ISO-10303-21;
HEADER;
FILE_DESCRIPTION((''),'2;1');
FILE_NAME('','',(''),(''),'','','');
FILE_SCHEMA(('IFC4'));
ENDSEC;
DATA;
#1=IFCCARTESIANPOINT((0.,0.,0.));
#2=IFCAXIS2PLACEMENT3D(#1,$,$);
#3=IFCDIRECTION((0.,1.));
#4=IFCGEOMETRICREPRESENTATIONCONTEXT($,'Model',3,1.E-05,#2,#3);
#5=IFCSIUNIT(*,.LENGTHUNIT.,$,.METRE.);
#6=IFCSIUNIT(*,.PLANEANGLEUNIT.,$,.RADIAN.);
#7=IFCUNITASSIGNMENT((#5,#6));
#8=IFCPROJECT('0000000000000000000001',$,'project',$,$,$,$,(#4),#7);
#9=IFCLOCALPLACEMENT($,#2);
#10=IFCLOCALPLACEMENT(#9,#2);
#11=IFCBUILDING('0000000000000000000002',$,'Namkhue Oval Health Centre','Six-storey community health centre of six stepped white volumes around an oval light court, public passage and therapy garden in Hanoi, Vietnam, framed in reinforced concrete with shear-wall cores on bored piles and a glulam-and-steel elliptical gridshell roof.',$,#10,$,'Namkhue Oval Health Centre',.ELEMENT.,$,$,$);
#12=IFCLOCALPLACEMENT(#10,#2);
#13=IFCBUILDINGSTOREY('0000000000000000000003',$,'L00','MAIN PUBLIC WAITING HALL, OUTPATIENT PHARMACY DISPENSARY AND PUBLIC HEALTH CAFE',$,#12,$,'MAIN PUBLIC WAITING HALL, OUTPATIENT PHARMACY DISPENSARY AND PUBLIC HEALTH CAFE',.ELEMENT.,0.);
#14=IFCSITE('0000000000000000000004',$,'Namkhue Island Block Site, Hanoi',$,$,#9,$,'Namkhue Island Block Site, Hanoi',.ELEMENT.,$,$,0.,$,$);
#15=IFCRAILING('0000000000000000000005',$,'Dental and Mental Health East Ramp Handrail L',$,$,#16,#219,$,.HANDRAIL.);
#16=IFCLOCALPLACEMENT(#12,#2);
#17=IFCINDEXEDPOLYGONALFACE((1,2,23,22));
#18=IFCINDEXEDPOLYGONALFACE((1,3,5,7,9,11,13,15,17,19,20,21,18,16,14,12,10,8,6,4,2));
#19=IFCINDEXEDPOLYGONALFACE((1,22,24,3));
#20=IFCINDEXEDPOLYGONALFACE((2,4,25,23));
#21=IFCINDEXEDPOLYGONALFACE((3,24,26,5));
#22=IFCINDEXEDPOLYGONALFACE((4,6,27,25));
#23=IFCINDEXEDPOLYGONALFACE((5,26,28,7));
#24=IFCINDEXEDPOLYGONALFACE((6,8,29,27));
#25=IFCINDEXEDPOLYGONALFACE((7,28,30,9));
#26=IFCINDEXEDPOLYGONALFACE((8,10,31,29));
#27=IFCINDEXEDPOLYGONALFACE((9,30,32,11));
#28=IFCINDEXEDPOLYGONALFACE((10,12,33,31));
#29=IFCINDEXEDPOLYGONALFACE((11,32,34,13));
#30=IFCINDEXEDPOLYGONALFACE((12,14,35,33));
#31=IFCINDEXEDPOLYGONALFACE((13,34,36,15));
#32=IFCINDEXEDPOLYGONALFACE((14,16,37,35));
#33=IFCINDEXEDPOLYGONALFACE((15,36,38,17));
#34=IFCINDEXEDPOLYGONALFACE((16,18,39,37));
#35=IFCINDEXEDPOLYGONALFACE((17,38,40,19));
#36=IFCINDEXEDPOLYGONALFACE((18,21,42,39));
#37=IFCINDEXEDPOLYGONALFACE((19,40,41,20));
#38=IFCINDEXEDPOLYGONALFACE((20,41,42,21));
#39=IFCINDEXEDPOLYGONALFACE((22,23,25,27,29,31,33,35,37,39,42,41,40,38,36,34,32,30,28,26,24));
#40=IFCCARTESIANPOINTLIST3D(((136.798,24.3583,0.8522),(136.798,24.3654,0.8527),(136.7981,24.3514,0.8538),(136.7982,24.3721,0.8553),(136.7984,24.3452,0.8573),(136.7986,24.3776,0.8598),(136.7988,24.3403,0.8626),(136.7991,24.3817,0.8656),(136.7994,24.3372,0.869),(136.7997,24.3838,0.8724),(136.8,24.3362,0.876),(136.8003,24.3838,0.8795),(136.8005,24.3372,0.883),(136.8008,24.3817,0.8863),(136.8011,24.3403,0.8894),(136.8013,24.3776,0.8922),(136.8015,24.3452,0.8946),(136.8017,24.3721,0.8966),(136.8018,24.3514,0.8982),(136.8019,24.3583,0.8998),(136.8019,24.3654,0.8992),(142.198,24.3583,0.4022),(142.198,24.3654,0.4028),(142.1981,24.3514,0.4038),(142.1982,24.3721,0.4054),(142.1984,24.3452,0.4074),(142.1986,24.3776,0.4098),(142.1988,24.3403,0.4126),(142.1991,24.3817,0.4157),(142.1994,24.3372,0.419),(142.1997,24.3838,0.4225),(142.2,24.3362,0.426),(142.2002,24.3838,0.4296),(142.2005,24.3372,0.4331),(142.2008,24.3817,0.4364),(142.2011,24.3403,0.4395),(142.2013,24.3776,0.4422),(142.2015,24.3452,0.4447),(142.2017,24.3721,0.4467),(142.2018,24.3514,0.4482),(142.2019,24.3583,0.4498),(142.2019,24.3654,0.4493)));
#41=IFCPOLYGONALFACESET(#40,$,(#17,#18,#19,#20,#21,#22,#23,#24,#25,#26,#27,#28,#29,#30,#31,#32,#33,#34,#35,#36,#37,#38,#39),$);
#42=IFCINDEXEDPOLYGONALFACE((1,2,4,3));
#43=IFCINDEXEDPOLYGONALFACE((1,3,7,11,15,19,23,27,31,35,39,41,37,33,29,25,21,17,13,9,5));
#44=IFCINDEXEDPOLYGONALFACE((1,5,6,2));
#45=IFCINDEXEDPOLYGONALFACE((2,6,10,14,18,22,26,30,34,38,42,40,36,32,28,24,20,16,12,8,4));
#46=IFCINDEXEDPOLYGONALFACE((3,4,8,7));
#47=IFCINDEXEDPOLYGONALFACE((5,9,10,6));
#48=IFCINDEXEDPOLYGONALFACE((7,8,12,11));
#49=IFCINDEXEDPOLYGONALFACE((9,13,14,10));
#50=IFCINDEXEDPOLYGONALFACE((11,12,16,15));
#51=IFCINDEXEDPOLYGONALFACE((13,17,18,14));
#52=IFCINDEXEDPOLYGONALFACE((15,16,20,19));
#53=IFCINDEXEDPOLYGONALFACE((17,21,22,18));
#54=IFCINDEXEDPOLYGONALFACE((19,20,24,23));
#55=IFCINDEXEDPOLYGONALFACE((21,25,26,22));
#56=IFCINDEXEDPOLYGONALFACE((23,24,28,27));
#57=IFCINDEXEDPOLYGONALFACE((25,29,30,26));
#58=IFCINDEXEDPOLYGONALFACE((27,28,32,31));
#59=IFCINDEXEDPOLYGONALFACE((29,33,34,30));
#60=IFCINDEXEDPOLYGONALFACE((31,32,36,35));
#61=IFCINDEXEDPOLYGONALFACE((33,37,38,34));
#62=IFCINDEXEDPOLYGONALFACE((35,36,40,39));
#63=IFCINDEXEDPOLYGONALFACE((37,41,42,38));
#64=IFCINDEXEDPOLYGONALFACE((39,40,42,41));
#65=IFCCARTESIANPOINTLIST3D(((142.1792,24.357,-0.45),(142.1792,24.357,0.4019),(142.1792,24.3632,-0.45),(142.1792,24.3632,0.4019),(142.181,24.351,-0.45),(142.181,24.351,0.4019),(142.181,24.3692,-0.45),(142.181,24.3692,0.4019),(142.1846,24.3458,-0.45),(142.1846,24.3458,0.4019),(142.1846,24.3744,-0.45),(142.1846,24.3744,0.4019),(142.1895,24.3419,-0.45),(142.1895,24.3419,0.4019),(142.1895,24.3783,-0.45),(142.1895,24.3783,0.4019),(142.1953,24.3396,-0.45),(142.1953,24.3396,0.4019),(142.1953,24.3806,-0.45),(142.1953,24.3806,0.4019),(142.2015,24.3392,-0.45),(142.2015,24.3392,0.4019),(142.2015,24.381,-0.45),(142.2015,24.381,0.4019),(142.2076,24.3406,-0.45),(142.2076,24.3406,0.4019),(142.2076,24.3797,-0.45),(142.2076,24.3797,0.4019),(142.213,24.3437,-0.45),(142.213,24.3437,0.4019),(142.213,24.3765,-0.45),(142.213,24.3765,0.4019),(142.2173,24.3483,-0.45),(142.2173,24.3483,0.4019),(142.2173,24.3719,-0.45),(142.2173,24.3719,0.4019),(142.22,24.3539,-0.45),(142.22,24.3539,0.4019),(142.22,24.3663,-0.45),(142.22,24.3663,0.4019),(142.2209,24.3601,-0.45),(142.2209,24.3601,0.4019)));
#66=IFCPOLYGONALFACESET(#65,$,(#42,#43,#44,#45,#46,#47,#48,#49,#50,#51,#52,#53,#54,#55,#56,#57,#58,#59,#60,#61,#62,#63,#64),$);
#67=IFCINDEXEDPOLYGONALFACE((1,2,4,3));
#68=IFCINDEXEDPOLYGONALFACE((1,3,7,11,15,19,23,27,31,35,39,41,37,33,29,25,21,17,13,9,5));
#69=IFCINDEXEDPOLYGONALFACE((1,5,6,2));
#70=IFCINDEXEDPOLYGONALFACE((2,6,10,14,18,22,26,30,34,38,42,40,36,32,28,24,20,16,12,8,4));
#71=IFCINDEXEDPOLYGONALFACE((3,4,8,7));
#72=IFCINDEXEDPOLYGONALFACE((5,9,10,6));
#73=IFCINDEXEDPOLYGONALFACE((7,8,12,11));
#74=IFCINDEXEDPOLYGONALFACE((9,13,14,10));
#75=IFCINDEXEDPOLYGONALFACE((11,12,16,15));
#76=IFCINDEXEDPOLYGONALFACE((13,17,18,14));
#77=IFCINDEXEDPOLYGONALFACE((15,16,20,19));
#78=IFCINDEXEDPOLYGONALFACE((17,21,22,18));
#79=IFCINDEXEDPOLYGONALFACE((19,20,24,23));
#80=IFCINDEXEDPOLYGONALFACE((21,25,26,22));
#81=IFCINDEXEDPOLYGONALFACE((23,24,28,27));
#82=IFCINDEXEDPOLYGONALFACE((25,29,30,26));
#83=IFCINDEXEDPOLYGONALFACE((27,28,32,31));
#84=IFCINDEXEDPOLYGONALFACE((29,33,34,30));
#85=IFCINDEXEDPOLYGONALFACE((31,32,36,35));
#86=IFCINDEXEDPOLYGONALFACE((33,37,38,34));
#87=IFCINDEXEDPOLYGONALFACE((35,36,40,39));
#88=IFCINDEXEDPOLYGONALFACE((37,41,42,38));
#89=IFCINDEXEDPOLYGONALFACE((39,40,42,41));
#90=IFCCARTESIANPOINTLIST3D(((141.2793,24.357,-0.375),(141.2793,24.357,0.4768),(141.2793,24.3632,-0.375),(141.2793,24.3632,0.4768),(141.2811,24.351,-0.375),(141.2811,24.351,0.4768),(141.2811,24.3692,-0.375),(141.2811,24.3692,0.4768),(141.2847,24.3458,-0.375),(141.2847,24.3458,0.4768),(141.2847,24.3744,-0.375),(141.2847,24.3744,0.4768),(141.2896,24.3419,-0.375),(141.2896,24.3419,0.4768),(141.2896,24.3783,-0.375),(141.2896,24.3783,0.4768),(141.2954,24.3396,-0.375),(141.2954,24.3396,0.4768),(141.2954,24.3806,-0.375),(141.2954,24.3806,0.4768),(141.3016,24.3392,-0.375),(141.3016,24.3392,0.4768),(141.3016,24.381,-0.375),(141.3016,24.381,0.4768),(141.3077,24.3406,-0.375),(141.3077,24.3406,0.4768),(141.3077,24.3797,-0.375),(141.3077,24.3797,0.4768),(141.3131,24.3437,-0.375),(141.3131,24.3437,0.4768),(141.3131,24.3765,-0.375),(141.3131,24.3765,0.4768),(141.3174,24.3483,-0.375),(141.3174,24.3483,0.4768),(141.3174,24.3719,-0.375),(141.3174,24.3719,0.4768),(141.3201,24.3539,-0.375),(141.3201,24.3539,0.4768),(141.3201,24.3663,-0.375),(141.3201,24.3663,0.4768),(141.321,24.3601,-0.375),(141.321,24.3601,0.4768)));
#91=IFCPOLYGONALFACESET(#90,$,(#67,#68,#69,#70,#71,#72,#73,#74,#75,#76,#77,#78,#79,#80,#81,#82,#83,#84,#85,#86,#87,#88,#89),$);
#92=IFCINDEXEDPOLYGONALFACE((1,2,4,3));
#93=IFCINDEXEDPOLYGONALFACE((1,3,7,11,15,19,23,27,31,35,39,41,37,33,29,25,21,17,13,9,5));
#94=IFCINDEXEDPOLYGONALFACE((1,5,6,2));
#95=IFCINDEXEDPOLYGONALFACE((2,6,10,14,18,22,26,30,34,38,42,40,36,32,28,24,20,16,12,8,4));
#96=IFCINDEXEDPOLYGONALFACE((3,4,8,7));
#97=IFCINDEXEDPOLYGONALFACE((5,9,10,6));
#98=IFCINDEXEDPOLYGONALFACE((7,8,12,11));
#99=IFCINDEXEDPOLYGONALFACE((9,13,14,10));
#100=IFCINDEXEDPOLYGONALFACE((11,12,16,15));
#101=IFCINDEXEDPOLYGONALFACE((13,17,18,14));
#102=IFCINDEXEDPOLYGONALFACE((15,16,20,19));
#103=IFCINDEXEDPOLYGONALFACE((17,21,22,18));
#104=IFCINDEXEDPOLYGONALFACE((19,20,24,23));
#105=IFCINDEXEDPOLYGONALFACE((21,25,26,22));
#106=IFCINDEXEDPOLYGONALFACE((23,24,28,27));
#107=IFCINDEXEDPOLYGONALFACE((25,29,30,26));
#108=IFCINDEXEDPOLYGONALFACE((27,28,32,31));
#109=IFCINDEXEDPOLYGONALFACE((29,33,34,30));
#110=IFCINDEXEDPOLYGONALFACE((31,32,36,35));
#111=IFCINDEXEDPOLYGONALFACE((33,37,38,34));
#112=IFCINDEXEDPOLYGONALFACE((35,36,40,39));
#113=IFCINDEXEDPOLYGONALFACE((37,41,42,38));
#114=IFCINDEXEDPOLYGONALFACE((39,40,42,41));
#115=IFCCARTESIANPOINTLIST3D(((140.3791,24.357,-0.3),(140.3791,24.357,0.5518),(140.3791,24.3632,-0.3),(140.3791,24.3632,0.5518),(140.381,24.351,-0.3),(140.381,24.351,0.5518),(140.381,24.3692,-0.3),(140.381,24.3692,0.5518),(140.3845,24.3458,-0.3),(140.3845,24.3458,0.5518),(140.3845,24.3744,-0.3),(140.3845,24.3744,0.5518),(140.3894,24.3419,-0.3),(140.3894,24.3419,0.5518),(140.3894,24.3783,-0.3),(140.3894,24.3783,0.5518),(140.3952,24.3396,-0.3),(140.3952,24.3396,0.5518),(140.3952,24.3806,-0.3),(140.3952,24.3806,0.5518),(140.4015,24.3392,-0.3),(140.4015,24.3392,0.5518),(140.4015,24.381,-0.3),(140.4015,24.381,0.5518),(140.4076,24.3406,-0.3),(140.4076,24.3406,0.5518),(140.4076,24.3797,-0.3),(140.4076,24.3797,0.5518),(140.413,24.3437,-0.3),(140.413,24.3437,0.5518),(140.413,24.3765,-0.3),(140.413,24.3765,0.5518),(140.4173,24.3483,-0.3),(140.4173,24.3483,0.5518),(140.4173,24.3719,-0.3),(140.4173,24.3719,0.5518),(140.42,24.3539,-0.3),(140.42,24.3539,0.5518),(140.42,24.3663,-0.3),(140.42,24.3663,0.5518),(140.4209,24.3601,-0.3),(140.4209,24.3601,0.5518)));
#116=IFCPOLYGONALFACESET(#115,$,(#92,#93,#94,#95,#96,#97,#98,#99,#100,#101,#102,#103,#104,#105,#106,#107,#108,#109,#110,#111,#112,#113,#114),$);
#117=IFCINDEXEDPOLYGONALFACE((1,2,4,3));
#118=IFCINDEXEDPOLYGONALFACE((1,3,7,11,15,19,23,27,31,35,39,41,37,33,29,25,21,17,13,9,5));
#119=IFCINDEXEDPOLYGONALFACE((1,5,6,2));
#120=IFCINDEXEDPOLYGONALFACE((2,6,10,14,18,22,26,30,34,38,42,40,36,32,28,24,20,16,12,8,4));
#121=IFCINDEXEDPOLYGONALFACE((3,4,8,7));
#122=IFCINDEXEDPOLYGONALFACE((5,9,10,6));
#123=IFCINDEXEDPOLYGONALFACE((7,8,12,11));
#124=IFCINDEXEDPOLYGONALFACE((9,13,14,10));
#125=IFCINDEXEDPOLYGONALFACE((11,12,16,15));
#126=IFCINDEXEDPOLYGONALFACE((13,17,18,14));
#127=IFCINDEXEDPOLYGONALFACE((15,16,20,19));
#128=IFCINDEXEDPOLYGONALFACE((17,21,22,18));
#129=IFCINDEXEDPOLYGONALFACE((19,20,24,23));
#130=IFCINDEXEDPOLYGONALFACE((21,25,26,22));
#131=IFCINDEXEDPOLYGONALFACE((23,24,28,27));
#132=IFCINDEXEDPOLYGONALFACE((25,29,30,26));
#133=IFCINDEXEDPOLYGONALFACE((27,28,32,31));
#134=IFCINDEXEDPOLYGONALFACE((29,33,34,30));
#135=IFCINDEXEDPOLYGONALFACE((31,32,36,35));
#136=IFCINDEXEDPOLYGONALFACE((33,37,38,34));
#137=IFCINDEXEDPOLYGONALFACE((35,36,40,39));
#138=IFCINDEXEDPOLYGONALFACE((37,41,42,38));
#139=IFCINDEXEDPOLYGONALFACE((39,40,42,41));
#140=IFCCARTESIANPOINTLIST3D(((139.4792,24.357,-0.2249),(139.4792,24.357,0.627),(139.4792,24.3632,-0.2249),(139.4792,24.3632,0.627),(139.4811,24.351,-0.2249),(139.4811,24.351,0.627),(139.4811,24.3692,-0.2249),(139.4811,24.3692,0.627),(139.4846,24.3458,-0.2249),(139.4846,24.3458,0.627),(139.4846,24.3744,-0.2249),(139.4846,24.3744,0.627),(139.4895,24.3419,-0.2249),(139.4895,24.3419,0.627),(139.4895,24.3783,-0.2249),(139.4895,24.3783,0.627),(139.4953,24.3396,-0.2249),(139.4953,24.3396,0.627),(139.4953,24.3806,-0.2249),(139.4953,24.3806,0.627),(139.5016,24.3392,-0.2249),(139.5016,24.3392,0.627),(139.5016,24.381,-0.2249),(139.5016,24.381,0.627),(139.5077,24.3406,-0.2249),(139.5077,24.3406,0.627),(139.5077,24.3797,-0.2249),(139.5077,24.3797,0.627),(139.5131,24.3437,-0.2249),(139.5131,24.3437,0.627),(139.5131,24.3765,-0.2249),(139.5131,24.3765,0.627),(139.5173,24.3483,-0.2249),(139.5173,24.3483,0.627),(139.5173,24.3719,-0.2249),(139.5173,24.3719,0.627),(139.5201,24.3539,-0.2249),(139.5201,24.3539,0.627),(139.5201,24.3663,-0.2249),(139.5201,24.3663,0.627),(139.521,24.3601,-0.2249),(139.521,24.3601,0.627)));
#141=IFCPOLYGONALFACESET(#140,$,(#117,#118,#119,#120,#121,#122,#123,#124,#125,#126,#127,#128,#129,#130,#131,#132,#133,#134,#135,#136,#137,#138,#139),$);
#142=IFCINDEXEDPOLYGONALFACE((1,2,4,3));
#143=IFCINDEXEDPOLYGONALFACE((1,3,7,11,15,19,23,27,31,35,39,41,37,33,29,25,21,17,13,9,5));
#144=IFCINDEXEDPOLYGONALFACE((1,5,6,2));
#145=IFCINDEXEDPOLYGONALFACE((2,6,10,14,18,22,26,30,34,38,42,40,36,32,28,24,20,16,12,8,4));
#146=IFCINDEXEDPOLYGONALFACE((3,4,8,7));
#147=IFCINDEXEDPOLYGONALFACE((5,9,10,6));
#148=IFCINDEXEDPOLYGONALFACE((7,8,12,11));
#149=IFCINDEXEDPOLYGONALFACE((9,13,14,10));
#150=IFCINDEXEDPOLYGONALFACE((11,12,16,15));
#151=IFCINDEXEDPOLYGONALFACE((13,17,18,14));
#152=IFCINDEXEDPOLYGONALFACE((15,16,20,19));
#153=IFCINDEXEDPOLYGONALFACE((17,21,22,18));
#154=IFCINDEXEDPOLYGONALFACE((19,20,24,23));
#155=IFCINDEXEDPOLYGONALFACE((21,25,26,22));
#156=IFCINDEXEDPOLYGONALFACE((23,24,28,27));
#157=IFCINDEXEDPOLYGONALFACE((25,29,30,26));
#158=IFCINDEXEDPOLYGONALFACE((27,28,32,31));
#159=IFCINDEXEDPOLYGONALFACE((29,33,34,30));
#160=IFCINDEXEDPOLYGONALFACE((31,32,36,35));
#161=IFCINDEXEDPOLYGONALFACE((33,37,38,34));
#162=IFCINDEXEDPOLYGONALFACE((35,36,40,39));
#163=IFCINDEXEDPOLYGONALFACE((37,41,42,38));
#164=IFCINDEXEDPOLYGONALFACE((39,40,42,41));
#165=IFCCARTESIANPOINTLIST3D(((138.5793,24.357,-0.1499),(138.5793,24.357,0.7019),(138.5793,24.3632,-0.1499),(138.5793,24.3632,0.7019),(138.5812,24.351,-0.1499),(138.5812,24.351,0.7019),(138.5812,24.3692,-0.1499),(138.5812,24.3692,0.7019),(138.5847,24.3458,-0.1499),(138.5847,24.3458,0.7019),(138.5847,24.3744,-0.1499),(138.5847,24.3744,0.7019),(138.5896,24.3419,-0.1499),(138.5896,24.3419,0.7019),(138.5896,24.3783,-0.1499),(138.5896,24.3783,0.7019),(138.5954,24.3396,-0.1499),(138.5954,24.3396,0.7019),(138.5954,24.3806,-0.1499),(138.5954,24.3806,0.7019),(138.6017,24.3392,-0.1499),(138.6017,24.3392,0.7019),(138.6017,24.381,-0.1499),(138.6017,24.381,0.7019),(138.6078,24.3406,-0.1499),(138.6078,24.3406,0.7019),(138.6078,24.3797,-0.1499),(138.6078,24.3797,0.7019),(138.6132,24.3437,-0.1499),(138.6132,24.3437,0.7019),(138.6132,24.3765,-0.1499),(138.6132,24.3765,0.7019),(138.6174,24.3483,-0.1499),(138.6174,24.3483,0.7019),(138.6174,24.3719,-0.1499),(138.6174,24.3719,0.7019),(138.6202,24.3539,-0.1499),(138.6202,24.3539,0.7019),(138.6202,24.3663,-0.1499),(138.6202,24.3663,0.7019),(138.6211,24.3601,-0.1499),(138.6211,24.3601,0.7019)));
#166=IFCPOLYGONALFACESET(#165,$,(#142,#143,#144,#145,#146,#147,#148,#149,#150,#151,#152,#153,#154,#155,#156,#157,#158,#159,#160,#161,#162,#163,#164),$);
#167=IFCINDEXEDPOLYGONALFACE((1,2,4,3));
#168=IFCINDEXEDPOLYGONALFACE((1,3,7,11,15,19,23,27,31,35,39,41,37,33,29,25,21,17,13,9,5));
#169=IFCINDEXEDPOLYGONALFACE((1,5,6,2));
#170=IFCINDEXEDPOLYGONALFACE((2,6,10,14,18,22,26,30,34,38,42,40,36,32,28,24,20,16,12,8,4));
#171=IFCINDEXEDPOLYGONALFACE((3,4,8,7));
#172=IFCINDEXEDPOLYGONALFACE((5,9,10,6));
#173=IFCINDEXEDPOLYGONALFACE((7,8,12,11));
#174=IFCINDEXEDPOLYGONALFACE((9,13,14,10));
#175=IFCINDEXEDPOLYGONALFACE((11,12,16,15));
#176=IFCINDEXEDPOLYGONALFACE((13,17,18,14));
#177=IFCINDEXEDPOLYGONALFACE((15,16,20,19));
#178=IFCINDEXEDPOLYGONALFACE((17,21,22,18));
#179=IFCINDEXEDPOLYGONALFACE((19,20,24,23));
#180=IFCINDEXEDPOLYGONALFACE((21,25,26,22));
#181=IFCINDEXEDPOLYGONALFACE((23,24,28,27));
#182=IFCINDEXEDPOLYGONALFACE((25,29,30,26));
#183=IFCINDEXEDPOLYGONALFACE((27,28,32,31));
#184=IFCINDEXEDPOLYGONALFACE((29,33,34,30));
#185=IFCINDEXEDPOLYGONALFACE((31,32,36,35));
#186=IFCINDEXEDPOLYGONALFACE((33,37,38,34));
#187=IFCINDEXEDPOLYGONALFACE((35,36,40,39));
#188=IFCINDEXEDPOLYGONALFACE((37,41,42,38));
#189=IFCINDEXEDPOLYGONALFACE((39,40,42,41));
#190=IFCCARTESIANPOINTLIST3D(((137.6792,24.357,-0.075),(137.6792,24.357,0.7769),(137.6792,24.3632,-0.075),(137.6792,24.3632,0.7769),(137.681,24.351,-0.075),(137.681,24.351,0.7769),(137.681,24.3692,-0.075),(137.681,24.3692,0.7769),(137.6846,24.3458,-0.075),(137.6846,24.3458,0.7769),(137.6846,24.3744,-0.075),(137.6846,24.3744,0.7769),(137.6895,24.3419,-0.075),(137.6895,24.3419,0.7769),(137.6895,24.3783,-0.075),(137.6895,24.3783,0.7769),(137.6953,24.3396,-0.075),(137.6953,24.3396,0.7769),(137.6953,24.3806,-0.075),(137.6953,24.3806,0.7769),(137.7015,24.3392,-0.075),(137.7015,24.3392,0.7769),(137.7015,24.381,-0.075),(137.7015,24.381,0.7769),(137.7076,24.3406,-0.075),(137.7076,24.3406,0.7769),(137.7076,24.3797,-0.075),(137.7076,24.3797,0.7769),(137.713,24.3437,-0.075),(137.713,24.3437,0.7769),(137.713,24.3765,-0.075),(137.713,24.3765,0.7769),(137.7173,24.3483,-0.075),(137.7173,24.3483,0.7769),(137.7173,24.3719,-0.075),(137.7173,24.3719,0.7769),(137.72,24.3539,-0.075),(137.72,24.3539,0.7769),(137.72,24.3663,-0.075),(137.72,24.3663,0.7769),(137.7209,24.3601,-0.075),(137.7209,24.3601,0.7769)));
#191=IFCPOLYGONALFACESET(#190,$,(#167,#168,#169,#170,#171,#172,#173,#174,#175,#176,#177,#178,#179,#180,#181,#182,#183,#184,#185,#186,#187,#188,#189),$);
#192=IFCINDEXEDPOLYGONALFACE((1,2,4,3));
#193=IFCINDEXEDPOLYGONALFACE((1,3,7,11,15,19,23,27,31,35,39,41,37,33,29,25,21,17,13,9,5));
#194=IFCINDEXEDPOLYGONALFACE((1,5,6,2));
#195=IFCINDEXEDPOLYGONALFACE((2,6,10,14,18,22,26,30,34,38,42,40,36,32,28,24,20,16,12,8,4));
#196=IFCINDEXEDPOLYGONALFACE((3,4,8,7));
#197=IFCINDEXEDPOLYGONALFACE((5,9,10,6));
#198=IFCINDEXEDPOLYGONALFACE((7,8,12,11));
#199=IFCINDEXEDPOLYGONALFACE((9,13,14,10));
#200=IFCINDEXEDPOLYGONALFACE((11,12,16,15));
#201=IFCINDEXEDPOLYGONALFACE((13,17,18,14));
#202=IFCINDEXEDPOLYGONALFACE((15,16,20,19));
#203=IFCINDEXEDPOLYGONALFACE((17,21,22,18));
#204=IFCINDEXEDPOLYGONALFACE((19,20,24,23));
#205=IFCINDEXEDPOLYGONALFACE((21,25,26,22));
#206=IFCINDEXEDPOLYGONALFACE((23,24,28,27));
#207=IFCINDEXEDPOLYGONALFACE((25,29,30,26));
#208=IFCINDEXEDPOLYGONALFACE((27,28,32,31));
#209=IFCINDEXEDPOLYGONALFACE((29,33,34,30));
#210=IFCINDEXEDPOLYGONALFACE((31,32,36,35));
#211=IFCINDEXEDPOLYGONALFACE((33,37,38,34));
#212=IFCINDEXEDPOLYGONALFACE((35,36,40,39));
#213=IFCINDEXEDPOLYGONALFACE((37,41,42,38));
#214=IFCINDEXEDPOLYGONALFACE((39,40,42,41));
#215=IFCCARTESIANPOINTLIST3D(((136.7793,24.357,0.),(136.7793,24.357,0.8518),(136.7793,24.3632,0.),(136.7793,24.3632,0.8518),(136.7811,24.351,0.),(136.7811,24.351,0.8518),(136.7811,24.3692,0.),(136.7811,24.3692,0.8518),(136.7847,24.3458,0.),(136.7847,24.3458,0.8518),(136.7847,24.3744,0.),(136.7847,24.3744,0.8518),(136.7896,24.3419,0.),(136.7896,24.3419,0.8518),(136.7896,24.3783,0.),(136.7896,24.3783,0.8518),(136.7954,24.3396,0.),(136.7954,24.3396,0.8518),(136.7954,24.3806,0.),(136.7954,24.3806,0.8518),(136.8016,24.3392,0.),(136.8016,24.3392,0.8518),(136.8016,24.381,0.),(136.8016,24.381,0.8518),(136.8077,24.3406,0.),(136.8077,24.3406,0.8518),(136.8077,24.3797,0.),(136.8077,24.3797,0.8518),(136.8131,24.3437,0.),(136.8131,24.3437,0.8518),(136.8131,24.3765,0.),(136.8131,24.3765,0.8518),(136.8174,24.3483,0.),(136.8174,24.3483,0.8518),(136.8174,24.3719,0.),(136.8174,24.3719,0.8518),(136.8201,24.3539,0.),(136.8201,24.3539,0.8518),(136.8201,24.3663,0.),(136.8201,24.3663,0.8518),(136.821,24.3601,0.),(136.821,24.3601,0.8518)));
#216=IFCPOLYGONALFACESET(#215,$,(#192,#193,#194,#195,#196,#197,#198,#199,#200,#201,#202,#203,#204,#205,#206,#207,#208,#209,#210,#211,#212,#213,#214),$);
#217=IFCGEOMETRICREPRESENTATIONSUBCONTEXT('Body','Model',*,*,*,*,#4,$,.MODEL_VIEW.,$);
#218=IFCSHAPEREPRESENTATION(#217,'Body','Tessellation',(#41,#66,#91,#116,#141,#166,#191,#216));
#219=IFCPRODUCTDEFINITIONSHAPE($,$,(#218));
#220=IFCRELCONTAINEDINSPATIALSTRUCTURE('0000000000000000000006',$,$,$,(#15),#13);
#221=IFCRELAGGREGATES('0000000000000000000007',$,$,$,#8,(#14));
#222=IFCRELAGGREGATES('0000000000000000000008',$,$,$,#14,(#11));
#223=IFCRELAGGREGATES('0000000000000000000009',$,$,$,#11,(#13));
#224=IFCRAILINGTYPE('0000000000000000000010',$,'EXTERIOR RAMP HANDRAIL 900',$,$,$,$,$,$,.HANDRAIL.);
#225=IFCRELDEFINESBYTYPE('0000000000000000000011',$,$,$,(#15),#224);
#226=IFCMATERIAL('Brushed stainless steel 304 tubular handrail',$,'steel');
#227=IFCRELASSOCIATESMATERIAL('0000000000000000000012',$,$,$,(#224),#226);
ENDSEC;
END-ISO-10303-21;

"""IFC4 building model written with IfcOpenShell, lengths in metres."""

from ifc_helpers import new_model, si_unit, direction, frame, origin, origin_2d, place, context, subcontext, project, spatial, circle, extrude, material, type_object, element, save


model = new_model("IFC4")

# Units and contexts
model_context = context("Model", 3, precision=1e-05, world=origin(), true_north=direction((0.0, 1.0)))
body_context = subcontext(model_context, "Body", "Model", "MODEL_VIEW")
ifc_project = project(units=[si_unit("LENGTHUNIT", "METRE"), si_unit("PLANEANGLEUNIT", "RADIAN")], contexts=[model_context])

# Site, building, storey
site_placement = place(None, origin())
site = spatial("IfcSite", under=ifc_project, at=site_placement, Name="Namkhue Island Block Site, Hanoi", LongName="Namkhue Island Block Site, Hanoi", CompositionType="ELEMENT", RefElevation=0.0)
building_placement = place(site_placement, origin())
building = spatial("IfcBuilding", under=site, at=building_placement, Name="Namkhue Oval Health Centre", Description="Six-storey community health centre of six stepped white volumes around an oval light court, public passage and therapy garden in Hanoi, Vietnam, framed in reinforced concrete with shear-wall cores on bored piles and a glulam-and-steel elliptical gridshell roof.", LongName="Namkhue Oval Health Centre", CompositionType="ELEMENT")
storey_placement = place(building_placement, origin())
storey = spatial("IfcBuildingStorey", under=building, at=storey_placement, Name="L00", Description="MAIN PUBLIC WAITING HALL, OUTPATIENT PHARMACY DISPENSARY AND PUBLIC HEALTH CAFE", LongName="MAIN PUBLIC WAITING HALL, OUTPATIENT PHARMACY DISPENSARY AND PUBLIC HEALTH CAFE", CompositionType="ELEMENT", Elevation=0.0)

# Railing
ifc_material_1 = material(Name="Brushed stainless steel 304 tubular handrail", Category="steel")
railing_type_1 = type_object("IfcRailingType", Name="EXTERIOR RAMP HANDRAIL 900", PredefinedType="HANDRAIL", material=ifc_material_1)
for number, where, name in (
    (1, (142.2, 24.3601, -0.45), "Dental and Mental Health East Ramp Handrail L"),
):
    element("IfcRailing", number, at=place(storey_placement, frame(where)), inside=storey, type_object=railing_type_1, Name=name, PredefinedType="HANDRAIL", context=body_context, shape_type="SweptSolid", body=[
        extrude(circle(Radius=0.0239, at=origin_2d()), frame((0.0, 0.0, 0.876), z_axis=(-0.996546, 0.0, 0.083038), x_axis=(0.0, -1.0, 0.0)), (0.0, 0.0, 1.0), 5.4187),
        extrude(circle(Radius=0.021, at=origin_2d()), origin(), (0.0, 0.0, 1.0), 0.8518),
        extrude(circle(Radius=0.021, at=origin_2d()), frame((-0.8999, 0.0, 0.075)), (0.0, 0.0, 1.0), 0.8518),
        extrude(circle(Radius=0.021, at=origin_2d()), frame((-1.8, 0.0, 0.1499)), (0.0, 0.0, 1.0), 0.8518),
        extrude(circle(Radius=0.021, at=origin_2d()), frame((-2.7, 0.0, 0.2251)), (0.0, 0.0, 1.0), 0.8518),
        extrude(circle(Radius=0.021, at=origin_2d()), frame((-3.5999, 0.0, 0.3)), (0.0, 0.0, 1.0), 0.8518),
        extrude(circle(Radius=0.021, at=origin_2d()), frame((-4.5, 0.0, 0.375)), (0.0, 0.0, 1.0), 0.8518),
        extrude(circle(Radius=0.021, at=origin_2d()), frame((-5.3999, 0.0, 0.45)), (0.0, 0.0, 1.0), 0.8518),
    ])

save(model, "model.ifc")
